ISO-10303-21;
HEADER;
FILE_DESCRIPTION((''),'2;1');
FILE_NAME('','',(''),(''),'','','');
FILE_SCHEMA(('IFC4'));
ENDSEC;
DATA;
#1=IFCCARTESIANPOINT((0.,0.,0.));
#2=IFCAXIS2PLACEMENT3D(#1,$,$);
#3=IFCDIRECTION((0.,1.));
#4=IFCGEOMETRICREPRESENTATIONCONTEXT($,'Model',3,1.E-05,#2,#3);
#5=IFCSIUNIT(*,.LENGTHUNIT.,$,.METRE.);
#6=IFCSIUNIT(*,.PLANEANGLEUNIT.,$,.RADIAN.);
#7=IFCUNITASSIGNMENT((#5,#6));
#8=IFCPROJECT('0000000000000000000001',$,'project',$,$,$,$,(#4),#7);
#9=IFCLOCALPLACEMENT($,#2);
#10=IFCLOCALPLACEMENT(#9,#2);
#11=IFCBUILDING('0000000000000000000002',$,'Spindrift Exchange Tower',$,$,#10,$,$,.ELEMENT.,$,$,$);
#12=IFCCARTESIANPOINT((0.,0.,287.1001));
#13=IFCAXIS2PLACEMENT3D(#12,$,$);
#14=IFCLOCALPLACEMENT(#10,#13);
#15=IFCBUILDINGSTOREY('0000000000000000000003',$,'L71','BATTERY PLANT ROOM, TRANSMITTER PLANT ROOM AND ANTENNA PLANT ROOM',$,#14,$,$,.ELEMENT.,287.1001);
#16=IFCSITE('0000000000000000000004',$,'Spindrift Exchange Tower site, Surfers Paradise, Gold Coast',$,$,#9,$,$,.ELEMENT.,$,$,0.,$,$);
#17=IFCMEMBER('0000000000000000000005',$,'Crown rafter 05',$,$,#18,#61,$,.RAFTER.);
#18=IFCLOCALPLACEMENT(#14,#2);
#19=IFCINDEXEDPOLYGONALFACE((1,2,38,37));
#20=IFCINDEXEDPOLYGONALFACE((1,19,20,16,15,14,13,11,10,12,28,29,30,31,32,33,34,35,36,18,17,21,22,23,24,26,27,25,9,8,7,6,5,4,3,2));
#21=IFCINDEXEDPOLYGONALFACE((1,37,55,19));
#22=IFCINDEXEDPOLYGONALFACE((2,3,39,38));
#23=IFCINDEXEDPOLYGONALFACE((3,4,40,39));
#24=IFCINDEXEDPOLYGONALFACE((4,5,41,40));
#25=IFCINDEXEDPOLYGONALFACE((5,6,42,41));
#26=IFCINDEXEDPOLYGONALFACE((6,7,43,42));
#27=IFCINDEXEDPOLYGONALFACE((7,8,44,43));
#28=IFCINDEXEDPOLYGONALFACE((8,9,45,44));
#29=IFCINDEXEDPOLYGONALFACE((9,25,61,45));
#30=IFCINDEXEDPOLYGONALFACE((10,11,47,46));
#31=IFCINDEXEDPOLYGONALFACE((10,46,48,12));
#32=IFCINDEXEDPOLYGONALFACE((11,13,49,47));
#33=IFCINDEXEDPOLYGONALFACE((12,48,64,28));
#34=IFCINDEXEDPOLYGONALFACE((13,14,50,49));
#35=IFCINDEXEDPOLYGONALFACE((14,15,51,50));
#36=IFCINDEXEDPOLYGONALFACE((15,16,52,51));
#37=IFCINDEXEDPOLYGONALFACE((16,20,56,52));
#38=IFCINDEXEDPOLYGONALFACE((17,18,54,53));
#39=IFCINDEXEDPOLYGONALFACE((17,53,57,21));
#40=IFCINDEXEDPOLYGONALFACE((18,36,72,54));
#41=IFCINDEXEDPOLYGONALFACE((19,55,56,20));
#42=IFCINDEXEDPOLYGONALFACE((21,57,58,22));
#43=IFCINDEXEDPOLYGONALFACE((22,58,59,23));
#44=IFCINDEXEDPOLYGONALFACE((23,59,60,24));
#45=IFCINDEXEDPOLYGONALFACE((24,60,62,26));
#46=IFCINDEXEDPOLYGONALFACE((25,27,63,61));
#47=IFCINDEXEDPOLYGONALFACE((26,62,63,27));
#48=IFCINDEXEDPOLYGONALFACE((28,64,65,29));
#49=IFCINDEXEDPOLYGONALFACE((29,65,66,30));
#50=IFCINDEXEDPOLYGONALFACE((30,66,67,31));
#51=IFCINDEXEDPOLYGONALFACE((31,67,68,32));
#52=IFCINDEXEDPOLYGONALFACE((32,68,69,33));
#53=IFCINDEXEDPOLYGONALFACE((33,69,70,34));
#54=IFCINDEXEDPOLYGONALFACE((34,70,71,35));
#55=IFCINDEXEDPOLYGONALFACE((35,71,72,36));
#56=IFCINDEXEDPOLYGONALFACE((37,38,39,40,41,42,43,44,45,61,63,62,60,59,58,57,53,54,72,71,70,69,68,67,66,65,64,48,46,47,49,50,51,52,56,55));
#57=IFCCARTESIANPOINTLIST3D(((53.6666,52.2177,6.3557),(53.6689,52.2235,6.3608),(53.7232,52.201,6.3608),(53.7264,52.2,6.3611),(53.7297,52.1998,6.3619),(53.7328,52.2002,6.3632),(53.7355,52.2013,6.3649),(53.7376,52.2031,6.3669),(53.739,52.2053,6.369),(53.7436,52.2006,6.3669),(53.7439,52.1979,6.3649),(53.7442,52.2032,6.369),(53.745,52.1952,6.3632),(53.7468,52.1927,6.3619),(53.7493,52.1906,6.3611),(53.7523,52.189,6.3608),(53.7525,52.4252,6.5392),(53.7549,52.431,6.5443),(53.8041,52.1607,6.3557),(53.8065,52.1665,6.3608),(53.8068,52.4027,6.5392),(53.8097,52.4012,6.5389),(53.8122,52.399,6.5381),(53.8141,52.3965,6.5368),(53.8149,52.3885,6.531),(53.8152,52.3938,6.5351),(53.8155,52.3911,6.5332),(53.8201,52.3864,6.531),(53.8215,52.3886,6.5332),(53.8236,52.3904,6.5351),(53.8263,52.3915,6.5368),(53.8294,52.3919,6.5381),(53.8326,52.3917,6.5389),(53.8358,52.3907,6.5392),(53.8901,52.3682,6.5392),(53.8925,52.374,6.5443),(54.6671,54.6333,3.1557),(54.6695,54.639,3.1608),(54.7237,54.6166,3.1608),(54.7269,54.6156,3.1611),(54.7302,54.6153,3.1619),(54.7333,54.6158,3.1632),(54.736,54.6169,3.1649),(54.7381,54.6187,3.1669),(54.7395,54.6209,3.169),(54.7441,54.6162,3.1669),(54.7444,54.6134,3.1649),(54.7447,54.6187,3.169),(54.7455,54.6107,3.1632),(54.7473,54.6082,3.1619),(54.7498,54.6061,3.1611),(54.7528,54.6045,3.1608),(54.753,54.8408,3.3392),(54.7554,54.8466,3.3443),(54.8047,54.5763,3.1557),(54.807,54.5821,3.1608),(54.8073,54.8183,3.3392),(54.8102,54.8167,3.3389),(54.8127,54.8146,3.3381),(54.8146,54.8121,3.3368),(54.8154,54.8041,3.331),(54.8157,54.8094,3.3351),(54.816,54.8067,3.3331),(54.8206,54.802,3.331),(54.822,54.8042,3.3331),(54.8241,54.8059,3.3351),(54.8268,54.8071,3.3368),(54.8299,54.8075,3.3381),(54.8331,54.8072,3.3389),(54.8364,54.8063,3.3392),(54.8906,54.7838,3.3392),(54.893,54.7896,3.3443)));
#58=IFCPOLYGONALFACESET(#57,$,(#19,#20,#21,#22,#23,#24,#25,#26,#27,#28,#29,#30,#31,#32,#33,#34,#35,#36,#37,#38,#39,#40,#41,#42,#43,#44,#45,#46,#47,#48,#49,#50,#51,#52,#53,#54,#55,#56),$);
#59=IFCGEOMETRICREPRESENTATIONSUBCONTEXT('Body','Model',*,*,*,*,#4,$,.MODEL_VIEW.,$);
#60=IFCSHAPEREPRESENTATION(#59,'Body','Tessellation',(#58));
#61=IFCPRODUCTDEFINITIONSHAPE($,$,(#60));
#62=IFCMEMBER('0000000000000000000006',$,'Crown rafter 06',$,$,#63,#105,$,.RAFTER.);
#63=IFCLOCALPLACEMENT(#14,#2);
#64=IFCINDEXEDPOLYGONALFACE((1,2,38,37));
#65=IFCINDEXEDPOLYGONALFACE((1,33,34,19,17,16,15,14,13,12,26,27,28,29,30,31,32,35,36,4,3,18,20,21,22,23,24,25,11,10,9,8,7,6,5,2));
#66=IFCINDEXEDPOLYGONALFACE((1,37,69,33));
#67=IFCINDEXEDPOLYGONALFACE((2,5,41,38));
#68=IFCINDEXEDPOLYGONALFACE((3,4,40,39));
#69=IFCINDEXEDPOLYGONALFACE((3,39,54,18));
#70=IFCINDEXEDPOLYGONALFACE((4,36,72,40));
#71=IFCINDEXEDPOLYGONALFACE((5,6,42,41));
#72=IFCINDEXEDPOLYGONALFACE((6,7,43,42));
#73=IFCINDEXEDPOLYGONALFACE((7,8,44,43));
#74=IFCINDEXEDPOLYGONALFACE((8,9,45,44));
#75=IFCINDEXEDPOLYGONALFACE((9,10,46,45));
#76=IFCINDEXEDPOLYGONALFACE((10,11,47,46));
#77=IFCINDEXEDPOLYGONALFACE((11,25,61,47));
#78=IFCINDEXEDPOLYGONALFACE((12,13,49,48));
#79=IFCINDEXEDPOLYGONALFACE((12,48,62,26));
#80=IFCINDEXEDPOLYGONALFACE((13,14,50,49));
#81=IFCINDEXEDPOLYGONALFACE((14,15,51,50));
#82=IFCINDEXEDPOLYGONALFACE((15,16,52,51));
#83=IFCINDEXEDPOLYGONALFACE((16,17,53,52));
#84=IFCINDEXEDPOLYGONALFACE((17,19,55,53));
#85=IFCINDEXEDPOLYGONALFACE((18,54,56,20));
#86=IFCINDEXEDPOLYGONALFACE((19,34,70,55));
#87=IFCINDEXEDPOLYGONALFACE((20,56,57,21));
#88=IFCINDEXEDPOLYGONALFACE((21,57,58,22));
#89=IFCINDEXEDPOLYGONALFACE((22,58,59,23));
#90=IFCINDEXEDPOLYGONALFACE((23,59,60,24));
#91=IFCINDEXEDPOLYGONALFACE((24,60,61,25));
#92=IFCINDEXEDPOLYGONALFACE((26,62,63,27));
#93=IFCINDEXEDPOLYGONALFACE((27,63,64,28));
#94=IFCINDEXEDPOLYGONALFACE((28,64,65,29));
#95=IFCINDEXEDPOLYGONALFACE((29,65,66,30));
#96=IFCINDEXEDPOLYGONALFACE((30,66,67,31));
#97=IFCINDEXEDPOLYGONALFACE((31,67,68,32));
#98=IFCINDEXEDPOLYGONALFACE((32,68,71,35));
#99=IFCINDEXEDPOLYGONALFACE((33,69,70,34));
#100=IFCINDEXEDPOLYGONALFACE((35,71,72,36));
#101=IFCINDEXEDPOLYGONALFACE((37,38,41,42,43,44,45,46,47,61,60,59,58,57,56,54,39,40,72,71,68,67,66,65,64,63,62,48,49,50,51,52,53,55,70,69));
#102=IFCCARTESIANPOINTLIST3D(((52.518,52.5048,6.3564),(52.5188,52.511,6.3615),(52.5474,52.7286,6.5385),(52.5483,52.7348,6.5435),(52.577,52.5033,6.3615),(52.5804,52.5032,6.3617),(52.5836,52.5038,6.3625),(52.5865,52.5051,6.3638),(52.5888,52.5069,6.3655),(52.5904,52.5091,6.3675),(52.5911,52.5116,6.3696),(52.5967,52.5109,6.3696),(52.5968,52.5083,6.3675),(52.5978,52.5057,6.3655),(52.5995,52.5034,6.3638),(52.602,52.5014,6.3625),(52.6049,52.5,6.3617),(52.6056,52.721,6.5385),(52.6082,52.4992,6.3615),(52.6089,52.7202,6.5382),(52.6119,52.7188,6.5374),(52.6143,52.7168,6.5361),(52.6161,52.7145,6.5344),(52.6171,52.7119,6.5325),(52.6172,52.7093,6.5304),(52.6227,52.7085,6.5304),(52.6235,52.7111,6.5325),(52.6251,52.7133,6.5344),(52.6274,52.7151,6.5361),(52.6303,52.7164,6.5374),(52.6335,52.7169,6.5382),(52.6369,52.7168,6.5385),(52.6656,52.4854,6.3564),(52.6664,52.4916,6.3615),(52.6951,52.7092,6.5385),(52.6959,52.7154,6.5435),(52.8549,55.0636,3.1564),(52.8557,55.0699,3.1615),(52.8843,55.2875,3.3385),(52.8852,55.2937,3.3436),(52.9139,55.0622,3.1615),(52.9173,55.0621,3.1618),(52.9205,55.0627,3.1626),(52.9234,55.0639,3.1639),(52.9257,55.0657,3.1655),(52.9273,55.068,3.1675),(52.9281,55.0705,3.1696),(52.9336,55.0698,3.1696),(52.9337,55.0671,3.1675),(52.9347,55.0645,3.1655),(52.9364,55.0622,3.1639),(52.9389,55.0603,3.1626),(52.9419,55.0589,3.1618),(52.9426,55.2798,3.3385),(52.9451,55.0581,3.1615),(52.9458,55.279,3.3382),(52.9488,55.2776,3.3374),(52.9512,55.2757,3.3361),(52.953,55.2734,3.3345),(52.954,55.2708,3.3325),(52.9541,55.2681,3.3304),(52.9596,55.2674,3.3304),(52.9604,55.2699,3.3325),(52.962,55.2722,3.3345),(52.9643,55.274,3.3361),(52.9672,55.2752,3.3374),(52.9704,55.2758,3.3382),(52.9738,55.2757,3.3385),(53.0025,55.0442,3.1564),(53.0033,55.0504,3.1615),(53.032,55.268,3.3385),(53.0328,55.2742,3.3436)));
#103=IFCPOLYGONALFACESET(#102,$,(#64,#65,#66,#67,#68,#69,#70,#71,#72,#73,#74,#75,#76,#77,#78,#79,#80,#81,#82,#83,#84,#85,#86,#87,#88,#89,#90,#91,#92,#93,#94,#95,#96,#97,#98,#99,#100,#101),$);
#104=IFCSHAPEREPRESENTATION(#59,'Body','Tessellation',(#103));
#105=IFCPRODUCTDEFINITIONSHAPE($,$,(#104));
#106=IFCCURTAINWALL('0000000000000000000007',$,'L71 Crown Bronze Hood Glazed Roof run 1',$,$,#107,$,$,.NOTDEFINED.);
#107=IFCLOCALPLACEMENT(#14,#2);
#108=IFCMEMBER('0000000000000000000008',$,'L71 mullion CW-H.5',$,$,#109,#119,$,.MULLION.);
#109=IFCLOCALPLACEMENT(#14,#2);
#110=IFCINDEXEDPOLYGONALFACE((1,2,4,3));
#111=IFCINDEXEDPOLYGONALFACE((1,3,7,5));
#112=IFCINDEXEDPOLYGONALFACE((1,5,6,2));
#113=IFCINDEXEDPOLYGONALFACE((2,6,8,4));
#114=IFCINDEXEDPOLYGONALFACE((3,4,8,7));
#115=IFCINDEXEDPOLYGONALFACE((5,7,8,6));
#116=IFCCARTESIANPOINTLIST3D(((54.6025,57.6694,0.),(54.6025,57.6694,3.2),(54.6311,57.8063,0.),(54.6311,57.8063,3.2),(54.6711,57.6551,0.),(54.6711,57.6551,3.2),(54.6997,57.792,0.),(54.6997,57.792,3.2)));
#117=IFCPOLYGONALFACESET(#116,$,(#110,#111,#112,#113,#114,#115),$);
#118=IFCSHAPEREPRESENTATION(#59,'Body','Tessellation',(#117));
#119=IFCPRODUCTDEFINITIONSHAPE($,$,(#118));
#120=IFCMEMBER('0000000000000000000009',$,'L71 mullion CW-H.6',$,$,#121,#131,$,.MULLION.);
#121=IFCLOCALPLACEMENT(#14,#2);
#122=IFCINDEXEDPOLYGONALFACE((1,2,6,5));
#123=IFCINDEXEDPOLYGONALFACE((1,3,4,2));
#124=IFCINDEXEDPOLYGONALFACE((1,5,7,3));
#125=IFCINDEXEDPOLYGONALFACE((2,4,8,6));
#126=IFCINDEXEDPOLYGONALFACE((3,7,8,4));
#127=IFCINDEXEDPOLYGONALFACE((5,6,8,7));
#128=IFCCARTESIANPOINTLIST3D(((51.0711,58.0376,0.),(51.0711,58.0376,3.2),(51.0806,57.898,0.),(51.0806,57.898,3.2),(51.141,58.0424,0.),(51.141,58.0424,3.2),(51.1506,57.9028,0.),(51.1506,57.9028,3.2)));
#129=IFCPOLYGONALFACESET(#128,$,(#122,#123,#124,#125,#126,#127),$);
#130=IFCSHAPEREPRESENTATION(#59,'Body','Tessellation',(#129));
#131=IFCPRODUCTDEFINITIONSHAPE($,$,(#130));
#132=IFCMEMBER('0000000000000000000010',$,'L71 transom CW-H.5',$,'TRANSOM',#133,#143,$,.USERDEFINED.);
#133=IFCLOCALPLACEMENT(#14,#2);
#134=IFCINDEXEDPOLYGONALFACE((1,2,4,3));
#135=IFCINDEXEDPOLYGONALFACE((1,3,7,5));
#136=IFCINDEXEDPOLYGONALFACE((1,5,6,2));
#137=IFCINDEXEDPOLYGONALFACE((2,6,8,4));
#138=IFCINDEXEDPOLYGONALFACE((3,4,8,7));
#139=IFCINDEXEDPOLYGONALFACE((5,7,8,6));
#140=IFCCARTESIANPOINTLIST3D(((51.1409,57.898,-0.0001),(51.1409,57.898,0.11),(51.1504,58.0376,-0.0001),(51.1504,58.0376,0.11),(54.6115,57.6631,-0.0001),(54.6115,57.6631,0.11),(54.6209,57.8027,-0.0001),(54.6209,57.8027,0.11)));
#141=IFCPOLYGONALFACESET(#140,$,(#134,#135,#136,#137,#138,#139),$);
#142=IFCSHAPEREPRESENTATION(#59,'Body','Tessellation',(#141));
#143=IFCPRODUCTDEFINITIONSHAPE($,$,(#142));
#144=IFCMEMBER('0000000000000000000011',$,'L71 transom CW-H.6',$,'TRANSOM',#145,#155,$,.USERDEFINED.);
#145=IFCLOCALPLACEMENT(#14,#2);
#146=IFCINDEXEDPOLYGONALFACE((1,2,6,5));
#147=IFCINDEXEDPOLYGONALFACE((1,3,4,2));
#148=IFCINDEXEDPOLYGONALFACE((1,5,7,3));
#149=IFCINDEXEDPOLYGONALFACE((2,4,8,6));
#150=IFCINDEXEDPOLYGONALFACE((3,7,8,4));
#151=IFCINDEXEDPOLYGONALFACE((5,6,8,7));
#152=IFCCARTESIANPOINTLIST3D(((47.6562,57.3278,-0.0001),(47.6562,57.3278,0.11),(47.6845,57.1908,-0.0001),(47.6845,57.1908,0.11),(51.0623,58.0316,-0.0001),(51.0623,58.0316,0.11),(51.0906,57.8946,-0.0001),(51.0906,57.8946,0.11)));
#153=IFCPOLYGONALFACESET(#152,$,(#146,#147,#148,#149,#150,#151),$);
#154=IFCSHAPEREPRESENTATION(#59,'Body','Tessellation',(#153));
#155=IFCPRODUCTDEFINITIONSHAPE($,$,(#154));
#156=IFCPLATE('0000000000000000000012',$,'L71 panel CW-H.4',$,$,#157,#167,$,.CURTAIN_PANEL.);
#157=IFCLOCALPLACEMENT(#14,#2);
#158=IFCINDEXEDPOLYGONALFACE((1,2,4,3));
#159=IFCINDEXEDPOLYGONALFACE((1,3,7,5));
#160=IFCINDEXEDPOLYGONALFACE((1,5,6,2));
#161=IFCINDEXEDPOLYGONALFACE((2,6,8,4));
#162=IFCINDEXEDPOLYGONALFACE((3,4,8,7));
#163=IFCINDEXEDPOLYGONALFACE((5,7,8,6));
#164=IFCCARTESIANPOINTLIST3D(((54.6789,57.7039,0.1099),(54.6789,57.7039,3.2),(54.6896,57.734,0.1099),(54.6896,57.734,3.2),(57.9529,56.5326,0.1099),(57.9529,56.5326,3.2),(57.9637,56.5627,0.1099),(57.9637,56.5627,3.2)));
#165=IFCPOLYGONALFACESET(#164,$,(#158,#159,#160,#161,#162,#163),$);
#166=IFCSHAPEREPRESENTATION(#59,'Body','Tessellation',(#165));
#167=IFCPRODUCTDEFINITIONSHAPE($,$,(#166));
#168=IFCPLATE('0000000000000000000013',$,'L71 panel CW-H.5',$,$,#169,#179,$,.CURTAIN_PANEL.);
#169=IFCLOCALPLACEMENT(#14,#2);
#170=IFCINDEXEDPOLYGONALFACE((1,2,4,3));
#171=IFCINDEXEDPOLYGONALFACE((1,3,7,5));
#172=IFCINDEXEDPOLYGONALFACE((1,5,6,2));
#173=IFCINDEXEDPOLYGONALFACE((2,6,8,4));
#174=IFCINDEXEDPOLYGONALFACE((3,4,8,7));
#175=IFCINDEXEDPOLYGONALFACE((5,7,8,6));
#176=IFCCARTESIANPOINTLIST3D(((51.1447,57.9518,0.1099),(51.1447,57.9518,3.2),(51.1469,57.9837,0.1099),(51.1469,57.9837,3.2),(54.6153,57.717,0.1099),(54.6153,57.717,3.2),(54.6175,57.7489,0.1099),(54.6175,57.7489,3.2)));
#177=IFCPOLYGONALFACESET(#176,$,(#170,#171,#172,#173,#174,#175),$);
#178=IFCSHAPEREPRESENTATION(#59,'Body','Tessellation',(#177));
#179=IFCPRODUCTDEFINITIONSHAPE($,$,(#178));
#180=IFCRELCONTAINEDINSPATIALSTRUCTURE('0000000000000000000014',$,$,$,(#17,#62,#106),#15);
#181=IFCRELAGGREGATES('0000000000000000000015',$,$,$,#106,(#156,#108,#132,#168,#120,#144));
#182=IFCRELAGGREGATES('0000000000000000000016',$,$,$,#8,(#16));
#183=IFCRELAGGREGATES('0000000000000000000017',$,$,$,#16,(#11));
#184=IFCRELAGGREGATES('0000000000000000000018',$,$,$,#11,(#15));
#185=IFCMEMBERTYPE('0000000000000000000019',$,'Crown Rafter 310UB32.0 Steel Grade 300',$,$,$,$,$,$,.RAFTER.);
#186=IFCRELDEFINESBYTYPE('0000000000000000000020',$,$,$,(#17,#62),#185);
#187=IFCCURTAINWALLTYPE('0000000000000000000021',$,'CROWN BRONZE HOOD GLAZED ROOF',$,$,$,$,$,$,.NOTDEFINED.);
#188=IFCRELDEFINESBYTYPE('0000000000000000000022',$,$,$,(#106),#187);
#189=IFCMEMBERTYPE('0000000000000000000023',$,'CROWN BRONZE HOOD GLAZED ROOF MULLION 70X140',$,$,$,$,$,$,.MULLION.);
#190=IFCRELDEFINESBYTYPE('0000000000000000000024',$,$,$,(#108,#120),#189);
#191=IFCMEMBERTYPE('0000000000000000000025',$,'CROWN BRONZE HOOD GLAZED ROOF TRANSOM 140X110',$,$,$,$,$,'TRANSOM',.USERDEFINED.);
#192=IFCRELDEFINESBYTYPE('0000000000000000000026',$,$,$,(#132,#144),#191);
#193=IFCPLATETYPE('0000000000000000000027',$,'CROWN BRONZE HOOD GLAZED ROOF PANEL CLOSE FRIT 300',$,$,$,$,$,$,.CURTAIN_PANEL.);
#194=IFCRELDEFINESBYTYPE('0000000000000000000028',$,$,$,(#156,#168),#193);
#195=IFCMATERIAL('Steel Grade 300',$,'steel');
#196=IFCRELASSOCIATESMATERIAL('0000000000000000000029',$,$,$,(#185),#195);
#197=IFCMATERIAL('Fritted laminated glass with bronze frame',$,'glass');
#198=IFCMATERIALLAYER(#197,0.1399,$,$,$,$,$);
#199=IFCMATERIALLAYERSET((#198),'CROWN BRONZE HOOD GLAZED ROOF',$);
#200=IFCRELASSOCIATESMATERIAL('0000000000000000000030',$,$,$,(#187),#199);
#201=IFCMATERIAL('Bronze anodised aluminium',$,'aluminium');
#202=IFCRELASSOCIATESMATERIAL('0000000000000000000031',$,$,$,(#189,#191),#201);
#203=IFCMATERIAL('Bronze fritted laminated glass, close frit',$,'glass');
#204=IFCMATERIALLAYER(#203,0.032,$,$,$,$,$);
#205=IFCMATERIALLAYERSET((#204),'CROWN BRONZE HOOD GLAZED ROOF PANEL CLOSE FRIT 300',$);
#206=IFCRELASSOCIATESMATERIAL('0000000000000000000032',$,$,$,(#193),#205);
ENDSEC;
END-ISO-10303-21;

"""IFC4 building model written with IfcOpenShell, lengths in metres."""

from ifc_helpers import new_model, si_unit, direction, frame, origin, origin_2d, place, context, subcontext, project, spatial, rectangle, i_section, extrude, source, transform, mapped, material, layer, layer_set, material_profile, profile_set, type_object, element, aggregate, save


model = new_model("IFC4")

# Units and contexts
model_context = context("Model", 3, precision=1e-05, world=origin(), true_north=direction((0.0, 1.0)))
body_context = subcontext(model_context, "Body", "Model", "MODEL_VIEW")
ifc_project = project(units=[si_unit("LENGTHUNIT", "METRE"), si_unit("PLANEANGLEUNIT", "RADIAN")], contexts=[model_context])

# Site, building, storey
site_placement = place(None, origin())
site = spatial("IfcSite", under=ifc_project, at=site_placement, Name="Spindrift Exchange Tower site, Surfers Paradise, Gold Coast", CompositionType="ELEMENT", RefElevation=0.0)
building_placement = place(site_placement, origin())
building = spatial("IfcBuilding", under=site, at=building_placement, Name="Spindrift Exchange Tower", CompositionType="ELEMENT")
storey_placement = place(building_placement, frame((0.0, 0.0, 287.1001)))
storey = spatial("IfcBuildingStorey", under=building, at=storey_placement, Name="L71", Description="BATTERY PLANT ROOM, TRANSMITTER PLANT ROOM AND ANTENNA PLANT ROOM", CompositionType="ELEMENT", Elevation=287.1001)

# Shared definitions
ifc_material_1 = material(Name="Steel Grade 300", Category="steel")

# Members
ifc_material_profile_1 = material_profile(ifc_material_1, i_section(OverallWidth=0.1489, OverallDepth=0.2981, WebThickness=0.0056, FlangeThickness=0.0081, FilletRadius=0.0129, at=origin_2d()), Name="310UB32.0")
ifc_profile_set_1 = profile_set([ifc_material_profile_1], Name="Steel Grade 300")
member_type_1 = type_object("IfcMemberType", Name="Crown Rafter 310UB32.0 Steel Grade 300", PredefinedType="RAFTER", material=ifc_profile_set_1)
shared_shape_1 = source(origin(), body_context, "Body", "SweptSolid", [
    extrude(i_section(OverallWidth=0.1489, OverallDepth=0.2981, WebThickness=0.0056, FlangeThickness=0.0081, FilletRadius=0.0129, at=origin_2d()), origin(), (0.0, 0.0, 1.0), 4.1323),
])
member_1_placement = place(storey_placement, frame((54.78, 54.7114, 3.25), z_axis=(-0.242117, -0.584556, 0.774386), x_axis=(0.923887, -0.382665, 0.0)))
element("IfcMember", 1, at=member_1_placement, inside=storey, type_object=member_type_1, Name="Crown rafter 05", PredefinedType="RAFTER", context=body_context, shape_type="MappedRepresentation", body=[
    mapped(shared_shape_1, transform((0.0, 0.0, 0.0), scale=1.0)),
])
shared_shape_2 = source(origin(), body_context, "Body", "SweptSolid", [
    extrude(i_section(OverallWidth=0.1489, OverallDepth=0.2981, WebThickness=0.0056, FlangeThickness=0.0081, FilletRadius=0.0129, at=origin_2d()), origin(), (0.0, 0.0, 1.0), 4.1111),
])
member_2_placement = place(storey_placement, frame((52.9438, 55.1689, 3.25), z_axis=(-0.081953, -0.622427, 0.778375), x_axis=(0.991443, -0.13054, 0.0)))
element("IfcMember", 2, at=member_2_placement, inside=storey, type_object=member_type_1, Name="Crown rafter 06", PredefinedType="RAFTER", context=body_context, shape_type="MappedRepresentation", body=[
    mapped(shared_shape_2, transform((0.0, 0.0, 0.0), scale=1.0)),
])

# Curtain wall, members, plates
ifc_material_2 = material(Name="Fritted laminated glass with bronze frame", Category="glass")
ifc_layer_1 = layer(ifc_material_2, 0.1399)
ifc_layer_set_1 = layer_set([ifc_layer_1], Name="CROWN BRONZE HOOD GLAZED ROOF")
curtain_wall_type = type_object("IfcCurtainWallType", Name="CROWN BRONZE HOOD GLAZED ROOF", PredefinedType="NOTDEFINED", material=ifc_layer_set_1)
curtain_wall_placement = place(storey_placement, origin())
curtain_wall = element("IfcCurtainWall", 3, at=curtain_wall_placement, inside=storey, type_object=curtain_wall_type, Name="L71 Crown Bronze Hood Glazed Roof run 1", PredefinedType="NOTDEFINED")
ifc_material_3 = material(Name="Bronze anodised aluminium", Category="aluminium")
ifc_material_profile_2 = material_profile(ifc_material_3, rectangle(XDim=0.0701, YDim=0.1399, at=origin_2d()), Name="CROWN BRONZE HOOD GLAZED ROOF MULLION 70X140")
ifc_profile_set_2 = profile_set([ifc_material_profile_2], Name="Bronze anodised aluminium")
member_type_2 = type_object("IfcMemberType", Name="CROWN BRONZE HOOD GLAZED ROOF MULLION 70X140", PredefinedType="MULLION", material=ifc_profile_set_2)
shared_shape_3 = source(origin(), body_context, "Body", "SweptSolid", [
    extrude(rectangle(XDim=0.0701, YDim=0.1399, at=origin_2d()), origin(), (0.0, 0.0, 1.0), 3.2),
])
member_3_placement = place(storey_placement, frame((54.6511, 57.7307, 0.0), z_axis=(0.0, 0.0, 1.0), x_axis=(-0.978948, 0.204111, 0.0)))
member_3 = element("IfcMember", 4, at=member_3_placement, type_object=member_type_2, Name="L71 mullion CW-H.5", PredefinedType="MULLION", context=body_context, shape_type="MappedRepresentation", body=[
    mapped(shared_shape_3, transform((0.0, 0.0, 0.0), scale=1.0)),
])
member_4_placement = place(storey_placement, frame((51.1108, 57.9702, 0.0), z_axis=(0.0, 0.0, 1.0), x_axis=(-0.997681, -0.068062, 0.0)))
member_4 = element("IfcMember", 5, at=member_4_placement, type_object=member_type_2, Name="L71 mullion CW-H.6", PredefinedType="MULLION", context=body_context, shape_type="MappedRepresentation", body=[
    mapped(shared_shape_3, transform((0.0, 0.0, 0.0), scale=1.0)),
])
ifc_material_profile_3 = material_profile(ifc_material_3, rectangle(XDim=0.1399, YDim=0.1101, at=origin_2d()), Name="CROWN BRONZE HOOD GLAZED ROOF TRANSOM 140X110")
ifc_profile_set_3 = profile_set([ifc_material_profile_3], Name="Bronze anodised aluminium")
member_type_3 = type_object("IfcMemberType", Name="CROWN BRONZE HOOD GLAZED ROOF TRANSOM 140X110", ElementType="TRANSOM", PredefinedType="USERDEFINED", material=ifc_profile_set_3)
shared_shape_4 = source(origin(), body_context, "Body", "SweptSolid", [
    extrude(rectangle(XDim=0.1399, YDim=0.1101, at=origin_2d()), origin(), (0.0, 0.0, 1.0), 3.4785),
])
member_5_placement = place(storey_placement, frame((54.6162, 57.7329, 0.0549), z_axis=(-0.997718, 0.067521, 0.0), x_axis=(-0.067521, -0.997718, 0.0)))
member_5 = element("IfcMember", 6, at=member_5_placement, type_object=member_type_3, Name="L71 transom CW-H.5", ObjectType="TRANSOM", PredefinedType="USERDEFINED", context=body_context, shape_type="MappedRepresentation", body=[
    mapped(shared_shape_4, transform((0.0, 0.0, 0.0), scale=1.0)),
])
shared_shape_5 = source(origin(), body_context, "Body", "SweptSolid", [
    extrude(rectangle(XDim=0.1399, YDim=0.1101, at=origin_2d()), origin(), (0.0, 0.0, 1.0), 3.478),
])
member_6_placement = place(storey_placement, frame((51.0764, 57.9631, 0.0549), z_axis=(-0.979308, -0.202376, 0.0), x_axis=(0.202376, -0.979308, 0.0)))
member_6 = element("IfcMember", 7, at=member_6_placement, type_object=member_type_3, Name="L71 transom CW-H.6", ObjectType="TRANSOM", PredefinedType="USERDEFINED", context=body_context, shape_type="MappedRepresentation", body=[
    mapped(shared_shape_5, transform((0.0, 0.0, 0.0), scale=1.0)),
])
ifc_material_4 = material(Name="Bronze fritted laminated glass, close frit", Category="glass")
ifc_layer_2 = layer(ifc_material_4, 0.032)
ifc_layer_set_2 = layer_set([ifc_layer_2], Name="CROWN BRONZE HOOD GLAZED ROOF PANEL CLOSE FRIT 300")
plate_type = type_object("IfcPlateType", Name="CROWN BRONZE HOOD GLAZED ROOF PANEL CLOSE FRIT 300", PredefinedType="CURTAIN_PANEL", material=ifc_layer_set_2)
shared_shape_6 = source(origin(), body_context, "Body", "SweptSolid", [
    extrude(rectangle(XDim=3.4773, YDim=0.032, at=origin_2d()), origin(), (0.0, 0.0, 1.0), 3.0901),
])
plate_1_placement = place(storey_placement, frame((56.3213, 57.1333, 0.1099), z_axis=(0.0, 0.0, 1.0), x_axis=(-0.941559, 0.336847, 0.0)))
plate_1 = element("IfcPlate", 8, at=plate_1_placement, type_object=plate_type, Name="L71 panel CW-H.4", PredefinedType="CURTAIN_PANEL", context=body_context, shape_type="MappedRepresentation", body=[
    mapped(shared_shape_6, transform((0.0, 0.0, 0.0), scale=1.0)),
])
shared_shape_7 = source(origin(), body_context, "Body", "SweptSolid", [
    extrude(rectangle(XDim=3.4785, YDim=0.032, at=origin_2d()), origin(), (0.0, 0.0, 1.0), 3.0901),
])
plate_2_placement = place(storey_placement, frame((52.8811, 57.8503, 0.1099), z_axis=(0.0, 0.0, 1.0), x_axis=(-0.99772, 0.067493, 0.0)))
plate_2 = element("IfcPlate", 9, at=plate_2_placement, type_object=plate_type, Name="L71 panel CW-H.5", PredefinedType="CURTAIN_PANEL", context=body_context, shape_type="MappedRepresentation", body=[
    mapped(shared_shape_7, transform((0.0, 0.0, 0.0), scale=1.0)),
])
aggregate(curtain_wall, [plate_1, member_3, member_5, plate_2, member_4, member_6])

save(model, "model.ifc")
